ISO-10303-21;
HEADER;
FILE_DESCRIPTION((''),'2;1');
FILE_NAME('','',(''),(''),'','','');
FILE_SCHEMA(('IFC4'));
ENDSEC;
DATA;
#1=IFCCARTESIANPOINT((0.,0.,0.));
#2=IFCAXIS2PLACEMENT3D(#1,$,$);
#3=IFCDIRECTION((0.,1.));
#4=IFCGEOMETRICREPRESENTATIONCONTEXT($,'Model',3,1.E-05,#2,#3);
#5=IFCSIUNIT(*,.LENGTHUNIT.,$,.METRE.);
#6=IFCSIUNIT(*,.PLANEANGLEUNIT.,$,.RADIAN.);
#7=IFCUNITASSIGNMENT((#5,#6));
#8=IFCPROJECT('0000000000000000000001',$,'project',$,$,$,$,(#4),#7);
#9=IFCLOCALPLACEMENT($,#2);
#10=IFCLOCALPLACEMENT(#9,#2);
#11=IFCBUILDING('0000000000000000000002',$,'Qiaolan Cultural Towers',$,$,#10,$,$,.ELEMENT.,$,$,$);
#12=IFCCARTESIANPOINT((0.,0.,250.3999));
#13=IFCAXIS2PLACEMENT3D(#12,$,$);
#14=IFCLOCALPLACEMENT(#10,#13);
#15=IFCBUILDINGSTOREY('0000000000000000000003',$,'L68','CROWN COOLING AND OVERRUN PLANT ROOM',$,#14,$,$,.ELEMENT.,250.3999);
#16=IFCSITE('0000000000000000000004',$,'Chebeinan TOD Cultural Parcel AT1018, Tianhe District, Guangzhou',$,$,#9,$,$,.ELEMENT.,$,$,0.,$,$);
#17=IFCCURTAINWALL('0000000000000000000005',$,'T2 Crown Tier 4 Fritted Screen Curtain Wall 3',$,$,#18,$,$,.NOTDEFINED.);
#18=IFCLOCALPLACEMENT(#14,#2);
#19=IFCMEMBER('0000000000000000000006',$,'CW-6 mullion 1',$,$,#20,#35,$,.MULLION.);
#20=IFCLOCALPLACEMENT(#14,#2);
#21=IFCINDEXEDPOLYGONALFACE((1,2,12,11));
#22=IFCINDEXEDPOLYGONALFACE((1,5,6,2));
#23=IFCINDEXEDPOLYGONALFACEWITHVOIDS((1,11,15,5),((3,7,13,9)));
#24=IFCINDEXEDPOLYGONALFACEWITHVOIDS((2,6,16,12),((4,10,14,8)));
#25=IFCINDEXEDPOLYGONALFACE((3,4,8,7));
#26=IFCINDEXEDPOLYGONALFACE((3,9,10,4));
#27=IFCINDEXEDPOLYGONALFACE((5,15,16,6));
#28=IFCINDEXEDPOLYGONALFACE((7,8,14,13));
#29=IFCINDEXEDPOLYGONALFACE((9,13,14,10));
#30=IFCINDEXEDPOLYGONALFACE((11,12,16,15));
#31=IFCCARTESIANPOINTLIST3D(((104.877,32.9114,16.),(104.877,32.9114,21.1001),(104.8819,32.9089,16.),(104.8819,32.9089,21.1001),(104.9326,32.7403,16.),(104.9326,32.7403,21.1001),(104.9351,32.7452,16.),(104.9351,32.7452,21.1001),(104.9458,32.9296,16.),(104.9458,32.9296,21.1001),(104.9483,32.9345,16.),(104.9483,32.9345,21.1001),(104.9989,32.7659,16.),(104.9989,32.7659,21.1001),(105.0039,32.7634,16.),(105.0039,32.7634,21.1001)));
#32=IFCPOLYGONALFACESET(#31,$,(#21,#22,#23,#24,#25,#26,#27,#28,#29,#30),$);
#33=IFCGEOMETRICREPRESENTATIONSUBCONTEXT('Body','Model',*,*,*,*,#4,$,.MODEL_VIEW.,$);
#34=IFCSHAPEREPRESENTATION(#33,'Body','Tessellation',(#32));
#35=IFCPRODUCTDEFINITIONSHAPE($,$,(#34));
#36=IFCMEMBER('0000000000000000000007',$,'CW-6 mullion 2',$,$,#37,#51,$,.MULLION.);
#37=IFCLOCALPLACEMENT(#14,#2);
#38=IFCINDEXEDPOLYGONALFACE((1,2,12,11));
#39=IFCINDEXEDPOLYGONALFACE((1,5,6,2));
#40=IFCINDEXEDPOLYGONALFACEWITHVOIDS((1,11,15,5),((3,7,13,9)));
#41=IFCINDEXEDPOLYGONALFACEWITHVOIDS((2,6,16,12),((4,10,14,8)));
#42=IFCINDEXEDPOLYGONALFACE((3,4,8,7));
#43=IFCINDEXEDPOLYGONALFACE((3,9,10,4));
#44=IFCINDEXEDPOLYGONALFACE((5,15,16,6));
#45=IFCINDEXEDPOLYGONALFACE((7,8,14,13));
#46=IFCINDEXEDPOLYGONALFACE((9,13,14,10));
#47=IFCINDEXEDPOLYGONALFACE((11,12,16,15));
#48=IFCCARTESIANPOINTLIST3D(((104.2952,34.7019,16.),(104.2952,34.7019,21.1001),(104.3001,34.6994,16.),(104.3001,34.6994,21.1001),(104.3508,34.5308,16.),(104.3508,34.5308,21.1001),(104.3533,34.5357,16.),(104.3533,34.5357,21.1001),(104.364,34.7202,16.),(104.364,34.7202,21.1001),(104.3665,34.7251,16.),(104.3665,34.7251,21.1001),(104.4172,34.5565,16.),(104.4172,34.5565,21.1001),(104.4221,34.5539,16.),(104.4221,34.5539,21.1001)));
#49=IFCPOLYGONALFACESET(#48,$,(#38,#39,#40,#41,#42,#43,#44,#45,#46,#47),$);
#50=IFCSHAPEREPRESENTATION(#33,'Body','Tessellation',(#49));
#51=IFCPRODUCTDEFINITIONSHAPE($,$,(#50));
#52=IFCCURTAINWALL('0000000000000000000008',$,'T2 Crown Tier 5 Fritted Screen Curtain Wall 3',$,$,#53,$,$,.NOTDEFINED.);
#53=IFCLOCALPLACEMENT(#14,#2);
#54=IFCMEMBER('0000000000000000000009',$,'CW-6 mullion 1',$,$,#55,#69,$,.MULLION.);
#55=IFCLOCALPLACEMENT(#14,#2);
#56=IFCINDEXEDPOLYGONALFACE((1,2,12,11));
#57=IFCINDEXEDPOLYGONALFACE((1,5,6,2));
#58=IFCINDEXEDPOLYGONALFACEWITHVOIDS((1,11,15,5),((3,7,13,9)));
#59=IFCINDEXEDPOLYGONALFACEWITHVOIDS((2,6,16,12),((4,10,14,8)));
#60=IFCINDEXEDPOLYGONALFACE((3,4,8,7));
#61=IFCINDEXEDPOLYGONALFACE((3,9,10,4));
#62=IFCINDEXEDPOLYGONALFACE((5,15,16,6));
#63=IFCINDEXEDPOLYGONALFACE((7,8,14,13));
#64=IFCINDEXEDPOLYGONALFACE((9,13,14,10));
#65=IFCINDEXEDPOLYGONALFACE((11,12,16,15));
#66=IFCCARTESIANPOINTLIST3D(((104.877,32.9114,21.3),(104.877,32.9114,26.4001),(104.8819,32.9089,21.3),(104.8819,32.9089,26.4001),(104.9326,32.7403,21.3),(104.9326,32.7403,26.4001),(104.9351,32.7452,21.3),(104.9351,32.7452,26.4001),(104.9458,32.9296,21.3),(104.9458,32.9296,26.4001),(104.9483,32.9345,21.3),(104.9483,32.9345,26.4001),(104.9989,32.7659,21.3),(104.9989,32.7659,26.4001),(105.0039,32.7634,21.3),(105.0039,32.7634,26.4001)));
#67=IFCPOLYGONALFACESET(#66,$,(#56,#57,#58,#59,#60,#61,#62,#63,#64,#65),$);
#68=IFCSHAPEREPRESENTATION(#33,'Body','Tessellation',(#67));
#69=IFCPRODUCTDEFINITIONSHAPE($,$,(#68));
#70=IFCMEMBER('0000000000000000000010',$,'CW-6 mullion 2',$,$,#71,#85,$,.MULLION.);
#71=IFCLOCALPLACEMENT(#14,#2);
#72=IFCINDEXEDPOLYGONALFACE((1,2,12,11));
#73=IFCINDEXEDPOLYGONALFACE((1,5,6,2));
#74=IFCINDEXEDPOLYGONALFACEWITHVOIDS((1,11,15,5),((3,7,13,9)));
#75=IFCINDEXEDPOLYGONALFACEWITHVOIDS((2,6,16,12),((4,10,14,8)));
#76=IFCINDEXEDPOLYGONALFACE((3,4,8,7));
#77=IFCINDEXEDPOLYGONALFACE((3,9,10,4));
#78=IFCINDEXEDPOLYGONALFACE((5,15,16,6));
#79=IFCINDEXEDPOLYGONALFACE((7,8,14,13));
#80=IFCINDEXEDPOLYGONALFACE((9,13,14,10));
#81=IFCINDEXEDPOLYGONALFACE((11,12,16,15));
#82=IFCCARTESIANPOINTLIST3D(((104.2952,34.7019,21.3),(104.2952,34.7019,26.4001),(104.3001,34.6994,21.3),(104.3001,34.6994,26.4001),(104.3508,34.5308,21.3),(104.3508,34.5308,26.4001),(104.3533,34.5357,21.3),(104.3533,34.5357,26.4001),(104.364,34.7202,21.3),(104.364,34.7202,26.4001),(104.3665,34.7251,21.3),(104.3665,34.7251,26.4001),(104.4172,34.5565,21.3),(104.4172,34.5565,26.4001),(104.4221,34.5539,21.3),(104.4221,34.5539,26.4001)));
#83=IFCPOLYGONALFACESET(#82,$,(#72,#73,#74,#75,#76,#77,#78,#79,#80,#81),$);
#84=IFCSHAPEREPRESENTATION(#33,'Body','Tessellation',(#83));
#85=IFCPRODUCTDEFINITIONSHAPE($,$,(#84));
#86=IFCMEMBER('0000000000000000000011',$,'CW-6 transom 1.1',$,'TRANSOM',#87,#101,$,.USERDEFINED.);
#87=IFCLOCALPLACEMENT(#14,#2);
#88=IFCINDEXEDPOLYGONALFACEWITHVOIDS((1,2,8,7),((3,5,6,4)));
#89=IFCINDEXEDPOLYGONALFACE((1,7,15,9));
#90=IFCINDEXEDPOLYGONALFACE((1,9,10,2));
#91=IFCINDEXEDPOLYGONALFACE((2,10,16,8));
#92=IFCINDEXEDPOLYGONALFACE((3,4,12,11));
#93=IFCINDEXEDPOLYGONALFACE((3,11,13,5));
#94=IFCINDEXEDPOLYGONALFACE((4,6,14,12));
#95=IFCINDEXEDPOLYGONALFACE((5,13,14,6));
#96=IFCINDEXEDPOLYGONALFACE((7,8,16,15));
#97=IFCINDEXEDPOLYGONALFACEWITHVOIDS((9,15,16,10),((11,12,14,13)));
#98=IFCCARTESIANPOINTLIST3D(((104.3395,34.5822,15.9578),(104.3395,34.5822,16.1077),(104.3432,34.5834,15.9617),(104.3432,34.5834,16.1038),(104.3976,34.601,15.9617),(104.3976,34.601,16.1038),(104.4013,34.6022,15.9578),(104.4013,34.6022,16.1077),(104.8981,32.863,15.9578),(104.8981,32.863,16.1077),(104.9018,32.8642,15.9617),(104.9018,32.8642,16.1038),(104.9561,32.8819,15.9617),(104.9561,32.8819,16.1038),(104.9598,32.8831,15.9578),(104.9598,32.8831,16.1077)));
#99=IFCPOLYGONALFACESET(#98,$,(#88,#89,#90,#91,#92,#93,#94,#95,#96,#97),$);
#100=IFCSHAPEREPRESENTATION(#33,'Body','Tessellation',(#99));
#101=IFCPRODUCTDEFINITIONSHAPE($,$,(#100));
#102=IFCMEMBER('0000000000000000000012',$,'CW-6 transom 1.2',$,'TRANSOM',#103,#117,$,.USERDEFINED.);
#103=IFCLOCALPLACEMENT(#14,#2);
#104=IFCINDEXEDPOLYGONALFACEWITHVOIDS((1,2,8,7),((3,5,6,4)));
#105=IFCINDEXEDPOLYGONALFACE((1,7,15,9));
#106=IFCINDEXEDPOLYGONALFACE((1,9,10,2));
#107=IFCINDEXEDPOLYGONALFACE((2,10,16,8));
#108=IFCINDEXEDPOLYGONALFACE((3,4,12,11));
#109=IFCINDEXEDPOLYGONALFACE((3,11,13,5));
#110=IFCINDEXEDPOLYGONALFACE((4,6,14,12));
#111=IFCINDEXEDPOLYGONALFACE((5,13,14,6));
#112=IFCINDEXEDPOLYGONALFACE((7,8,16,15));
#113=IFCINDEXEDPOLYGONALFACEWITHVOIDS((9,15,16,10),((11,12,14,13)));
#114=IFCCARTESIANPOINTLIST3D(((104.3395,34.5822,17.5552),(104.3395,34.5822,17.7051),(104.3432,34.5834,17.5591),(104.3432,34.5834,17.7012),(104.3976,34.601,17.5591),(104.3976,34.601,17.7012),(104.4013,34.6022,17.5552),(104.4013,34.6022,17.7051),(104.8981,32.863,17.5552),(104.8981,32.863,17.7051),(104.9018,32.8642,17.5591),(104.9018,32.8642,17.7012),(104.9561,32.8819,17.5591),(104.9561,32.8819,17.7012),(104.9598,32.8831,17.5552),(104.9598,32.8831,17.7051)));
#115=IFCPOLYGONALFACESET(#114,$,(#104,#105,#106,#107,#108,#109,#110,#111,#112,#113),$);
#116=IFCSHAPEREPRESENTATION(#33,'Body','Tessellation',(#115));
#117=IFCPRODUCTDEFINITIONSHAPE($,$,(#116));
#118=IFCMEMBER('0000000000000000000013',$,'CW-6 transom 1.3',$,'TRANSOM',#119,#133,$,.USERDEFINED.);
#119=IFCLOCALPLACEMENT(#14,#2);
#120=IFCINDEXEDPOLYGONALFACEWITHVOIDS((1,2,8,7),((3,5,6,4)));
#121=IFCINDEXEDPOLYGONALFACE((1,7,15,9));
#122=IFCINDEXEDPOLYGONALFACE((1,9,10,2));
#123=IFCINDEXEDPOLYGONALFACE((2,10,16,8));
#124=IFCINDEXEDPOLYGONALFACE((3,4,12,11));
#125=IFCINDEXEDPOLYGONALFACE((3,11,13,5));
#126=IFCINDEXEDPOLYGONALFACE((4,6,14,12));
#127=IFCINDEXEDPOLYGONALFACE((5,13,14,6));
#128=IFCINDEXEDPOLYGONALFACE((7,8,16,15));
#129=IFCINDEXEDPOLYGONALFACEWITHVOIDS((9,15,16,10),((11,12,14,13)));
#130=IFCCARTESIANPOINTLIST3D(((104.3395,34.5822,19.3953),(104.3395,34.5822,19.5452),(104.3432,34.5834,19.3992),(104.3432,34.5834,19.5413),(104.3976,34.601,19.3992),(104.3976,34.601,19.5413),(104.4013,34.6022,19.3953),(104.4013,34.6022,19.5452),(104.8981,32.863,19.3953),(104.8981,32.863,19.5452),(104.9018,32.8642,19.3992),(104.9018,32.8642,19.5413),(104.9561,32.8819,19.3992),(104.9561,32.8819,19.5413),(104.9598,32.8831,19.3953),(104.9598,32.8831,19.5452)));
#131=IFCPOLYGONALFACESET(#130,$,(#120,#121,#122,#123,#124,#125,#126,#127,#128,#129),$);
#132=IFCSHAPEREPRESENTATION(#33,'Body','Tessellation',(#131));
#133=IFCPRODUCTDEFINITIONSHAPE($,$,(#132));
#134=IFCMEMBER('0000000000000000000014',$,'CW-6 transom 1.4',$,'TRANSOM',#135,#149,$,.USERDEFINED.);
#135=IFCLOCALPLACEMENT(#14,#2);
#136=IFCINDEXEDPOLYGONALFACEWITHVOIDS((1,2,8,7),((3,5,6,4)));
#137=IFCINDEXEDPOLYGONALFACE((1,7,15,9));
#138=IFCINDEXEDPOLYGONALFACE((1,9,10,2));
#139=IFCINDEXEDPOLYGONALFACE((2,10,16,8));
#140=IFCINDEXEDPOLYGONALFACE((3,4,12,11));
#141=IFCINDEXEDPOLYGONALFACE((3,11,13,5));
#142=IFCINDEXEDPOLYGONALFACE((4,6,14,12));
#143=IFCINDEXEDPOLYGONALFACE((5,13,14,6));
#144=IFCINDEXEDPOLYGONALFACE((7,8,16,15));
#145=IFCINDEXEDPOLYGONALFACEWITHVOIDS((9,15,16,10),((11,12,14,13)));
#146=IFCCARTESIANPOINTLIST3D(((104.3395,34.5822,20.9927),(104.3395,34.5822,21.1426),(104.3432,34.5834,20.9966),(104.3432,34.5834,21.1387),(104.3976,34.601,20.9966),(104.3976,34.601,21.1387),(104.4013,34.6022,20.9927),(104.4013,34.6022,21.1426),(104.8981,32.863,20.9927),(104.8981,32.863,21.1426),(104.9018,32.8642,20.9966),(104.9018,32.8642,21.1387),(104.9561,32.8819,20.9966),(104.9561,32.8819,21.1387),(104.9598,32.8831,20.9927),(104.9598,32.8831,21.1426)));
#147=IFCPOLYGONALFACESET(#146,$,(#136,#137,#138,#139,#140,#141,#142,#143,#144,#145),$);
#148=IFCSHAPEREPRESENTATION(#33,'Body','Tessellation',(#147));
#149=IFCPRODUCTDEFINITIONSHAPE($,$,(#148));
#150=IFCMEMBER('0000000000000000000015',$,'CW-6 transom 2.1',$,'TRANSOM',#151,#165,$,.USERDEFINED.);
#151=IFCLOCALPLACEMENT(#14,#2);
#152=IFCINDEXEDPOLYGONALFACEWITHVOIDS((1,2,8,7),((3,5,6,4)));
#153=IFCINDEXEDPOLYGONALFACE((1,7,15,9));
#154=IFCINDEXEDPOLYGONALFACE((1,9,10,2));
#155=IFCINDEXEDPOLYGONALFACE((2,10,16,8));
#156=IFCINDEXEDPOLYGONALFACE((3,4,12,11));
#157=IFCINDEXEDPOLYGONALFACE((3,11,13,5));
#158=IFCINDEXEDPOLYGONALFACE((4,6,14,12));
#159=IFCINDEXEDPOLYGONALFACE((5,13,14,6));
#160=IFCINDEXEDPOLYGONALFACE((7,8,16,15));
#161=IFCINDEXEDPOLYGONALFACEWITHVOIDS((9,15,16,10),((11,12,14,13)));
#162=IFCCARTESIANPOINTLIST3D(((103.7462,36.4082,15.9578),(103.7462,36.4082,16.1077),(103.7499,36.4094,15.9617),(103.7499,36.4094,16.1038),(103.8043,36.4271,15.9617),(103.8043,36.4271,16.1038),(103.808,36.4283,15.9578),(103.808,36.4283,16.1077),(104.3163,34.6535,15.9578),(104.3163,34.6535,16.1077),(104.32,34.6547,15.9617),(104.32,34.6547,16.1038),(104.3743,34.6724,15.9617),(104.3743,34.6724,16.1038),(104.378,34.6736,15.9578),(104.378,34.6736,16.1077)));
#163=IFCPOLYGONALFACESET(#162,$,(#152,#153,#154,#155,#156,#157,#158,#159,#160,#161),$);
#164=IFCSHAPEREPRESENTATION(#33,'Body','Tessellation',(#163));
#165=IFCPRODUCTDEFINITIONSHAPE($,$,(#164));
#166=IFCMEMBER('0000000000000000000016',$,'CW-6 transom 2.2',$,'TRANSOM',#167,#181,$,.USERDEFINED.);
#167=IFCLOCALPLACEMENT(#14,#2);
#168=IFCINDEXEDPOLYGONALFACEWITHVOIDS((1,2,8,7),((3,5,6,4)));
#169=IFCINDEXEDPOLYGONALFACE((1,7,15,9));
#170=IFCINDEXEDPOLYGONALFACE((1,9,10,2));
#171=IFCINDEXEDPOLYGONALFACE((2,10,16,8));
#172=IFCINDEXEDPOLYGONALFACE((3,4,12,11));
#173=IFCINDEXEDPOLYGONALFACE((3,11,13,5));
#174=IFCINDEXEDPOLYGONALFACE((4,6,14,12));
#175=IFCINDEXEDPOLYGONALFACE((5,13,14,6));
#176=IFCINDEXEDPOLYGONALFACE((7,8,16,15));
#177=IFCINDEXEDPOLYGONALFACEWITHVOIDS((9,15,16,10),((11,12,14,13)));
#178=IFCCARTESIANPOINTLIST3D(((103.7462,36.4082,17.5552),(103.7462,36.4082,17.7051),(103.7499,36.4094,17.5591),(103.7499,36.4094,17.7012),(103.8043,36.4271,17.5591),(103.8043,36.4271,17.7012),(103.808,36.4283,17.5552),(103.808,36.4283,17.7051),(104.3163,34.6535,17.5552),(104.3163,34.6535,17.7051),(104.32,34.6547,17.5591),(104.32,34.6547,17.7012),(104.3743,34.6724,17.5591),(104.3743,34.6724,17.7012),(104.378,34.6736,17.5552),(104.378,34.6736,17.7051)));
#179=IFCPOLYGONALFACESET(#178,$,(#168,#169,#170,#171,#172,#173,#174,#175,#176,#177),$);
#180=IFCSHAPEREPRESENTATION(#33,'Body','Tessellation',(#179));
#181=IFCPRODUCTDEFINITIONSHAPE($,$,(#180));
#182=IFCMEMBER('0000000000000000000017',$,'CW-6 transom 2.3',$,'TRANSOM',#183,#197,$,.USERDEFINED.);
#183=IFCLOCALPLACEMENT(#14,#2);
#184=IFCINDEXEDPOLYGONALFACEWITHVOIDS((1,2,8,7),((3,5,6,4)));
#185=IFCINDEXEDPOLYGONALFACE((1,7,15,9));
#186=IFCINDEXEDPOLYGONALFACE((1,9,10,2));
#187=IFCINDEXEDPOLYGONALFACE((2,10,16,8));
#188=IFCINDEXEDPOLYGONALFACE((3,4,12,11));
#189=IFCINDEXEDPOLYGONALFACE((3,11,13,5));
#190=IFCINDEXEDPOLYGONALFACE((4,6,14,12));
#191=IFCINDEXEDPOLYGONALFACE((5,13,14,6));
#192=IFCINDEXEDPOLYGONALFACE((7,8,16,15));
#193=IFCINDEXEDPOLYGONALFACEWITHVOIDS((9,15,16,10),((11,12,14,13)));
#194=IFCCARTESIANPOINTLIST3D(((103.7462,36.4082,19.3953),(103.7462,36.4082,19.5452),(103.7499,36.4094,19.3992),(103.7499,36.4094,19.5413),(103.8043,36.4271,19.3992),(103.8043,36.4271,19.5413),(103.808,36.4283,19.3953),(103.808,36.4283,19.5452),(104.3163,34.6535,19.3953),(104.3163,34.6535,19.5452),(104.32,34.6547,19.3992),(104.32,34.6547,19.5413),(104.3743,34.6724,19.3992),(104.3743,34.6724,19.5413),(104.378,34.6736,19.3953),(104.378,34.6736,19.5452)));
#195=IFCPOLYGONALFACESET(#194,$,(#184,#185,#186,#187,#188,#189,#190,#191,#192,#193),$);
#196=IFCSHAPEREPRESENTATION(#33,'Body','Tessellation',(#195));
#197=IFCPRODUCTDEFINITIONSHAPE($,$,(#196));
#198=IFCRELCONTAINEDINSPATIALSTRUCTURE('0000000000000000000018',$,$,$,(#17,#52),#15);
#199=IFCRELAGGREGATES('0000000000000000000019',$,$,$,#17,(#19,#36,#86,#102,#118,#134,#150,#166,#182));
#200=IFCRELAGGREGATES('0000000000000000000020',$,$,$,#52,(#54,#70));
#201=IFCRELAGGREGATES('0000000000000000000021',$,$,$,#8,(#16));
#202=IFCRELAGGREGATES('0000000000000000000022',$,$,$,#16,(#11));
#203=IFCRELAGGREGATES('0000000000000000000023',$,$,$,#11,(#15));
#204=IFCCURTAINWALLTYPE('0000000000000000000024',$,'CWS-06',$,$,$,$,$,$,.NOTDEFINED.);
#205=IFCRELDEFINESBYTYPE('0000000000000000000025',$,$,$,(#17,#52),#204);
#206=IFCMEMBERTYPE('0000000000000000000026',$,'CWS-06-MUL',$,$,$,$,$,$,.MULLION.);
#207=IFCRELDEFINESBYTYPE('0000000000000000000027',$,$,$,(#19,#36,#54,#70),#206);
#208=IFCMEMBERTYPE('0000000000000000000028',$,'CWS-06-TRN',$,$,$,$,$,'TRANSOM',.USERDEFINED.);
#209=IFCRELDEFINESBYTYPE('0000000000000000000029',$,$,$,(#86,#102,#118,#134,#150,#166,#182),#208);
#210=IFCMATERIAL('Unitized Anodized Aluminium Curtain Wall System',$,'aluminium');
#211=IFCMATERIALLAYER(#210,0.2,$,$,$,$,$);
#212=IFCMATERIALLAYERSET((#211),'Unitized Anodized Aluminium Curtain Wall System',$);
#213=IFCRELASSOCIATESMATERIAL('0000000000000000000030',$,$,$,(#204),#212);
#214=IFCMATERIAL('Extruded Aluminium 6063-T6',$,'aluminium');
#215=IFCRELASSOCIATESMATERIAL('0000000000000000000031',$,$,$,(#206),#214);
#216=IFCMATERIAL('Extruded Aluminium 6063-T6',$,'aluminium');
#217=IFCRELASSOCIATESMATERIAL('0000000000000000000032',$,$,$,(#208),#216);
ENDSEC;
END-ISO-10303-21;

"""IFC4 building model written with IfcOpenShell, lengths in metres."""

from ifc_helpers import new_model, si_unit, direction, frame, origin, origin_2d, place, context, subcontext, project, spatial, hollow_rectangle, extrude, material, layer, layer_set, material_profile, profile_set, type_object, element, aggregate, save


model = new_model("IFC4")

# Units and contexts
model_context = context("Model", 3, precision=1e-05, world=origin(), true_north=direction((0.0, 1.0)))
body_context = subcontext(model_context, "Body", "Model", "MODEL_VIEW")
ifc_project = project(units=[si_unit("LENGTHUNIT", "METRE"), si_unit("PLANEANGLEUNIT", "RADIAN")], contexts=[model_context])

# Site, building, storey
site_placement = place(None, origin())
site = spatial("IfcSite", under=ifc_project, at=site_placement, Name="Chebeinan TOD Cultural Parcel AT1018, Tianhe District, Guangzhou", CompositionType="ELEMENT", RefElevation=0.0)
building_placement = place(site_placement, origin())
building = spatial("IfcBuilding", under=site, at=building_placement, Name="Qiaolan Cultural Towers", CompositionType="ELEMENT")
storey_placement = place(building_placement, frame((0.0, 0.0, 250.3999)))
storey = spatial("IfcBuildingStorey", under=building, at=storey_placement, Name="L68", Description="CROWN COOLING AND OVERRUN PLANT ROOM", CompositionType="ELEMENT", Elevation=250.3999)

# Curtain walls, members
ifc_material_1 = material(Name="Unitized Anodized Aluminium Curtain Wall System", Category="aluminium")
ifc_layer_1 = layer(ifc_material_1, 0.2)
ifc_layer_set_1 = layer_set([ifc_layer_1], Name="Unitized Anodized Aluminium Curtain Wall System")
curtain_wall_type = type_object("IfcCurtainWallType", Name="CWS-06", PredefinedType="NOTDEFINED", material=ifc_layer_set_1)
curtain_wall_1_placement = place(storey_placement, origin())
curtain_wall_1 = element("IfcCurtainWall", 1, at=curtain_wall_1_placement, inside=storey, type_object=curtain_wall_type, Name="T2 Crown Tier 4 Fritted Screen Curtain Wall 3", PredefinedType="NOTDEFINED")
ifc_material_2 = material(Name="Extruded Aluminium 6063-T6", Category="aluminium")
ifc_material_profile_1 = material_profile(ifc_material_2, hollow_rectangle(XDim=0.075, YDim=0.1799, WallThickness=0.0039, at=origin_2d()), Name="CWM-180x75x4")
ifc_profile_set_1 = profile_set([ifc_material_profile_1], Name="Extruded Aluminium 6063-T6")
member_type_1 = type_object("IfcMemberType", Name="CWS-06-MUL", PredefinedType="MULLION", material=ifc_profile_set_1)
member_1_placement = place(storey_placement, frame((104.9404, 32.8374, 16.0), z_axis=(0.0, 0.0, 1.0), x_axis=(-0.951057, -0.309017, 0.0)))
member_1 = element("IfcMember", 2, at=member_1_placement, type_object=member_type_1, Name="CW-6 mullion 1", PredefinedType="MULLION", context=body_context, shape_type="SweptSolid", body=[
    extrude(hollow_rectangle(XDim=0.075, YDim=0.1799, WallThickness=0.0039, at=origin_2d()), origin(), (0.0, 0.0, 1.0), 5.1001),
])
member_2_placement = place(storey_placement, frame((104.3586, 34.6279, 16.0), z_axis=(0.0, 0.0, 1.0), x_axis=(-0.951057, -0.309017, 0.0)))
member_2 = element("IfcMember", 3, at=member_2_placement, type_object=member_type_1, Name="CW-6 mullion 2", PredefinedType="MULLION", context=body_context, shape_type="SweptSolid", body=[
    extrude(hollow_rectangle(XDim=0.075, YDim=0.1799, WallThickness=0.0039, at=origin_2d()), origin(), (0.0, 0.0, 1.0), 5.1001),
])
curtain_wall_2_placement = place(storey_placement, origin())
curtain_wall_2 = element("IfcCurtainWall", 4, at=curtain_wall_2_placement, inside=storey, type_object=curtain_wall_type, Name="T2 Crown Tier 5 Fritted Screen Curtain Wall 3", PredefinedType="NOTDEFINED")
member_3_placement = place(storey_placement, frame((104.9404, 32.8374, 21.3), z_axis=(0.0, 0.0, 1.0), x_axis=(-0.951057, -0.309017, 0.0)))
member_3 = element("IfcMember", 5, at=member_3_placement, type_object=member_type_1, Name="CW-6 mullion 1", PredefinedType="MULLION", context=body_context, shape_type="SweptSolid", body=[
    extrude(hollow_rectangle(XDim=0.075, YDim=0.1799, WallThickness=0.0039, at=origin_2d()), origin(), (0.0, 0.0, 1.0), 5.1001),
])
member_4_placement = place(storey_placement, frame((104.3586, 34.6279, 21.3), z_axis=(0.0, 0.0, 1.0), x_axis=(-0.951057, -0.309017, 0.0)))
member_4 = element("IfcMember", 6, at=member_4_placement, type_object=member_type_1, Name="CW-6 mullion 2", PredefinedType="MULLION", context=body_context, shape_type="SweptSolid", body=[
    extrude(hollow_rectangle(XDim=0.075, YDim=0.1799, WallThickness=0.0039, at=origin_2d()), origin(), (0.0, 0.0, 1.0), 5.1001),
])

# Members
ifc_material_3 = material(Name="Extruded Aluminium 6063-T6", Category="aluminium")
ifc_material_profile_2 = material_profile(ifc_material_3, hollow_rectangle(XDim=0.0649, YDim=0.1499, WallThickness=0.0039, at=origin_2d()), Name="CWT-150x65x4")
ifc_profile_set_2 = profile_set([ifc_material_profile_2], Name="Extruded Aluminium 6063-T6")
member_type_2 = type_object("IfcMemberType", Name="CWS-06-TRN", ElementType="TRANSOM", PredefinedType="USERDEFINED", material=ifc_profile_set_2)
member_5_placement = place(storey_placement, frame((104.929, 32.873, 16.0327), z_axis=(-0.309007, 0.95106, 0.0), x_axis=(-0.95106, -0.309007, 0.0)))
member_5 = element("IfcMember", 7, at=member_5_placement, type_object=member_type_2, Name="CW-6 transom 1.1", ObjectType="TRANSOM", PredefinedType="USERDEFINED", context=body_context, shape_type="SweptSolid", body=[
    extrude(hollow_rectangle(XDim=0.0649, YDim=0.1499, WallThickness=0.0039, at=origin_2d()), origin(), (0.0, 0.0, 1.0), 1.8076),
])
member_6_placement = place(storey_placement, frame((104.929, 32.873, 17.6301), z_axis=(-0.309007, 0.95106, 0.0), x_axis=(-0.95106, -0.309007, 0.0)))
member_6 = element("IfcMember", 8, at=member_6_placement, type_object=member_type_2, Name="CW-6 transom 1.2", ObjectType="TRANSOM", PredefinedType="USERDEFINED", context=body_context, shape_type="SweptSolid", body=[
    extrude(hollow_rectangle(XDim=0.0649, YDim=0.1499, WallThickness=0.0039, at=origin_2d()), origin(), (0.0, 0.0, 1.0), 1.8076),
])
member_7_placement = place(storey_placement, frame((104.929, 32.873, 19.4702), z_axis=(-0.309007, 0.95106, 0.0), x_axis=(-0.95106, -0.309007, 0.0)))
member_7 = element("IfcMember", 9, at=member_7_placement, type_object=member_type_2, Name="CW-6 transom 1.3", ObjectType="TRANSOM", PredefinedType="USERDEFINED", context=body_context, shape_type="SweptSolid", body=[
    extrude(hollow_rectangle(XDim=0.0649, YDim=0.1499, WallThickness=0.0039, at=origin_2d()), origin(), (0.0, 0.0, 1.0), 1.8076),
])
member_8_placement = place(storey_placement, frame((104.929, 32.873, 21.0676), z_axis=(-0.309007, 0.95106, 0.0), x_axis=(-0.95106, -0.309007, 0.0)))
member_8 = element("IfcMember", 10, at=member_8_placement, type_object=member_type_2, Name="CW-6 transom 1.4", ObjectType="TRANSOM", PredefinedType="USERDEFINED", context=body_context, shape_type="SweptSolid", body=[
    extrude(hollow_rectangle(XDim=0.0649, YDim=0.1499, WallThickness=0.0039, at=origin_2d()), origin(), (0.0, 0.0, 1.0), 1.8076),
])
member_9_placement = place(storey_placement, frame((104.3472, 34.6636, 16.0327), z_axis=(-0.308993, 0.951064, 0.0), x_axis=(-0.951064, -0.308993, 0.0)))
member_9 = element("IfcMember", 11, at=member_9_placement, type_object=member_type_2, Name="CW-6 transom 2.1", ObjectType="TRANSOM", PredefinedType="USERDEFINED", context=body_context, shape_type="SweptSolid", body=[
    extrude(hollow_rectangle(XDim=0.0649, YDim=0.1499, WallThickness=0.0039, at=origin_2d()), origin(), (0.0, 0.0, 1.0), 1.845),
])
member_10_placement = place(storey_placement, frame((104.3472, 34.6636, 17.6301), z_axis=(-0.308993, 0.951064, 0.0), x_axis=(-0.951064, -0.308993, 0.0)))
member_10 = element("IfcMember", 12, at=member_10_placement, type_object=member_type_2, Name="CW-6 transom 2.2", ObjectType="TRANSOM", PredefinedType="USERDEFINED", context=body_context, shape_type="SweptSolid", body=[
    extrude(hollow_rectangle(XDim=0.0649, YDim=0.1499, WallThickness=0.0039, at=origin_2d()), origin(), (0.0, 0.0, 1.0), 1.845),
])
member_11_placement = place(storey_placement, frame((104.3472, 34.6636, 19.4702), z_axis=(-0.308993, 0.951064, 0.0), x_axis=(-0.951064, -0.308993, 0.0)))
member_11 = element("IfcMember", 13, at=member_11_placement, type_object=member_type_2, Name="CW-6 transom 2.3", ObjectType="TRANSOM", PredefinedType="USERDEFINED", context=body_context, shape_type="SweptSolid", body=[
    extrude(hollow_rectangle(XDim=0.0649, YDim=0.1499, WallThickness=0.0039, at=origin_2d()), origin(), (0.0, 0.0, 1.0), 1.845),
])

aggregate(curtain_wall_1, [member_1, member_2, member_5, member_6, member_7, member_8, member_9, member_10, member_11])
aggregate(curtain_wall_2, [member_3, member_4])

save(model, "model.ifc")
